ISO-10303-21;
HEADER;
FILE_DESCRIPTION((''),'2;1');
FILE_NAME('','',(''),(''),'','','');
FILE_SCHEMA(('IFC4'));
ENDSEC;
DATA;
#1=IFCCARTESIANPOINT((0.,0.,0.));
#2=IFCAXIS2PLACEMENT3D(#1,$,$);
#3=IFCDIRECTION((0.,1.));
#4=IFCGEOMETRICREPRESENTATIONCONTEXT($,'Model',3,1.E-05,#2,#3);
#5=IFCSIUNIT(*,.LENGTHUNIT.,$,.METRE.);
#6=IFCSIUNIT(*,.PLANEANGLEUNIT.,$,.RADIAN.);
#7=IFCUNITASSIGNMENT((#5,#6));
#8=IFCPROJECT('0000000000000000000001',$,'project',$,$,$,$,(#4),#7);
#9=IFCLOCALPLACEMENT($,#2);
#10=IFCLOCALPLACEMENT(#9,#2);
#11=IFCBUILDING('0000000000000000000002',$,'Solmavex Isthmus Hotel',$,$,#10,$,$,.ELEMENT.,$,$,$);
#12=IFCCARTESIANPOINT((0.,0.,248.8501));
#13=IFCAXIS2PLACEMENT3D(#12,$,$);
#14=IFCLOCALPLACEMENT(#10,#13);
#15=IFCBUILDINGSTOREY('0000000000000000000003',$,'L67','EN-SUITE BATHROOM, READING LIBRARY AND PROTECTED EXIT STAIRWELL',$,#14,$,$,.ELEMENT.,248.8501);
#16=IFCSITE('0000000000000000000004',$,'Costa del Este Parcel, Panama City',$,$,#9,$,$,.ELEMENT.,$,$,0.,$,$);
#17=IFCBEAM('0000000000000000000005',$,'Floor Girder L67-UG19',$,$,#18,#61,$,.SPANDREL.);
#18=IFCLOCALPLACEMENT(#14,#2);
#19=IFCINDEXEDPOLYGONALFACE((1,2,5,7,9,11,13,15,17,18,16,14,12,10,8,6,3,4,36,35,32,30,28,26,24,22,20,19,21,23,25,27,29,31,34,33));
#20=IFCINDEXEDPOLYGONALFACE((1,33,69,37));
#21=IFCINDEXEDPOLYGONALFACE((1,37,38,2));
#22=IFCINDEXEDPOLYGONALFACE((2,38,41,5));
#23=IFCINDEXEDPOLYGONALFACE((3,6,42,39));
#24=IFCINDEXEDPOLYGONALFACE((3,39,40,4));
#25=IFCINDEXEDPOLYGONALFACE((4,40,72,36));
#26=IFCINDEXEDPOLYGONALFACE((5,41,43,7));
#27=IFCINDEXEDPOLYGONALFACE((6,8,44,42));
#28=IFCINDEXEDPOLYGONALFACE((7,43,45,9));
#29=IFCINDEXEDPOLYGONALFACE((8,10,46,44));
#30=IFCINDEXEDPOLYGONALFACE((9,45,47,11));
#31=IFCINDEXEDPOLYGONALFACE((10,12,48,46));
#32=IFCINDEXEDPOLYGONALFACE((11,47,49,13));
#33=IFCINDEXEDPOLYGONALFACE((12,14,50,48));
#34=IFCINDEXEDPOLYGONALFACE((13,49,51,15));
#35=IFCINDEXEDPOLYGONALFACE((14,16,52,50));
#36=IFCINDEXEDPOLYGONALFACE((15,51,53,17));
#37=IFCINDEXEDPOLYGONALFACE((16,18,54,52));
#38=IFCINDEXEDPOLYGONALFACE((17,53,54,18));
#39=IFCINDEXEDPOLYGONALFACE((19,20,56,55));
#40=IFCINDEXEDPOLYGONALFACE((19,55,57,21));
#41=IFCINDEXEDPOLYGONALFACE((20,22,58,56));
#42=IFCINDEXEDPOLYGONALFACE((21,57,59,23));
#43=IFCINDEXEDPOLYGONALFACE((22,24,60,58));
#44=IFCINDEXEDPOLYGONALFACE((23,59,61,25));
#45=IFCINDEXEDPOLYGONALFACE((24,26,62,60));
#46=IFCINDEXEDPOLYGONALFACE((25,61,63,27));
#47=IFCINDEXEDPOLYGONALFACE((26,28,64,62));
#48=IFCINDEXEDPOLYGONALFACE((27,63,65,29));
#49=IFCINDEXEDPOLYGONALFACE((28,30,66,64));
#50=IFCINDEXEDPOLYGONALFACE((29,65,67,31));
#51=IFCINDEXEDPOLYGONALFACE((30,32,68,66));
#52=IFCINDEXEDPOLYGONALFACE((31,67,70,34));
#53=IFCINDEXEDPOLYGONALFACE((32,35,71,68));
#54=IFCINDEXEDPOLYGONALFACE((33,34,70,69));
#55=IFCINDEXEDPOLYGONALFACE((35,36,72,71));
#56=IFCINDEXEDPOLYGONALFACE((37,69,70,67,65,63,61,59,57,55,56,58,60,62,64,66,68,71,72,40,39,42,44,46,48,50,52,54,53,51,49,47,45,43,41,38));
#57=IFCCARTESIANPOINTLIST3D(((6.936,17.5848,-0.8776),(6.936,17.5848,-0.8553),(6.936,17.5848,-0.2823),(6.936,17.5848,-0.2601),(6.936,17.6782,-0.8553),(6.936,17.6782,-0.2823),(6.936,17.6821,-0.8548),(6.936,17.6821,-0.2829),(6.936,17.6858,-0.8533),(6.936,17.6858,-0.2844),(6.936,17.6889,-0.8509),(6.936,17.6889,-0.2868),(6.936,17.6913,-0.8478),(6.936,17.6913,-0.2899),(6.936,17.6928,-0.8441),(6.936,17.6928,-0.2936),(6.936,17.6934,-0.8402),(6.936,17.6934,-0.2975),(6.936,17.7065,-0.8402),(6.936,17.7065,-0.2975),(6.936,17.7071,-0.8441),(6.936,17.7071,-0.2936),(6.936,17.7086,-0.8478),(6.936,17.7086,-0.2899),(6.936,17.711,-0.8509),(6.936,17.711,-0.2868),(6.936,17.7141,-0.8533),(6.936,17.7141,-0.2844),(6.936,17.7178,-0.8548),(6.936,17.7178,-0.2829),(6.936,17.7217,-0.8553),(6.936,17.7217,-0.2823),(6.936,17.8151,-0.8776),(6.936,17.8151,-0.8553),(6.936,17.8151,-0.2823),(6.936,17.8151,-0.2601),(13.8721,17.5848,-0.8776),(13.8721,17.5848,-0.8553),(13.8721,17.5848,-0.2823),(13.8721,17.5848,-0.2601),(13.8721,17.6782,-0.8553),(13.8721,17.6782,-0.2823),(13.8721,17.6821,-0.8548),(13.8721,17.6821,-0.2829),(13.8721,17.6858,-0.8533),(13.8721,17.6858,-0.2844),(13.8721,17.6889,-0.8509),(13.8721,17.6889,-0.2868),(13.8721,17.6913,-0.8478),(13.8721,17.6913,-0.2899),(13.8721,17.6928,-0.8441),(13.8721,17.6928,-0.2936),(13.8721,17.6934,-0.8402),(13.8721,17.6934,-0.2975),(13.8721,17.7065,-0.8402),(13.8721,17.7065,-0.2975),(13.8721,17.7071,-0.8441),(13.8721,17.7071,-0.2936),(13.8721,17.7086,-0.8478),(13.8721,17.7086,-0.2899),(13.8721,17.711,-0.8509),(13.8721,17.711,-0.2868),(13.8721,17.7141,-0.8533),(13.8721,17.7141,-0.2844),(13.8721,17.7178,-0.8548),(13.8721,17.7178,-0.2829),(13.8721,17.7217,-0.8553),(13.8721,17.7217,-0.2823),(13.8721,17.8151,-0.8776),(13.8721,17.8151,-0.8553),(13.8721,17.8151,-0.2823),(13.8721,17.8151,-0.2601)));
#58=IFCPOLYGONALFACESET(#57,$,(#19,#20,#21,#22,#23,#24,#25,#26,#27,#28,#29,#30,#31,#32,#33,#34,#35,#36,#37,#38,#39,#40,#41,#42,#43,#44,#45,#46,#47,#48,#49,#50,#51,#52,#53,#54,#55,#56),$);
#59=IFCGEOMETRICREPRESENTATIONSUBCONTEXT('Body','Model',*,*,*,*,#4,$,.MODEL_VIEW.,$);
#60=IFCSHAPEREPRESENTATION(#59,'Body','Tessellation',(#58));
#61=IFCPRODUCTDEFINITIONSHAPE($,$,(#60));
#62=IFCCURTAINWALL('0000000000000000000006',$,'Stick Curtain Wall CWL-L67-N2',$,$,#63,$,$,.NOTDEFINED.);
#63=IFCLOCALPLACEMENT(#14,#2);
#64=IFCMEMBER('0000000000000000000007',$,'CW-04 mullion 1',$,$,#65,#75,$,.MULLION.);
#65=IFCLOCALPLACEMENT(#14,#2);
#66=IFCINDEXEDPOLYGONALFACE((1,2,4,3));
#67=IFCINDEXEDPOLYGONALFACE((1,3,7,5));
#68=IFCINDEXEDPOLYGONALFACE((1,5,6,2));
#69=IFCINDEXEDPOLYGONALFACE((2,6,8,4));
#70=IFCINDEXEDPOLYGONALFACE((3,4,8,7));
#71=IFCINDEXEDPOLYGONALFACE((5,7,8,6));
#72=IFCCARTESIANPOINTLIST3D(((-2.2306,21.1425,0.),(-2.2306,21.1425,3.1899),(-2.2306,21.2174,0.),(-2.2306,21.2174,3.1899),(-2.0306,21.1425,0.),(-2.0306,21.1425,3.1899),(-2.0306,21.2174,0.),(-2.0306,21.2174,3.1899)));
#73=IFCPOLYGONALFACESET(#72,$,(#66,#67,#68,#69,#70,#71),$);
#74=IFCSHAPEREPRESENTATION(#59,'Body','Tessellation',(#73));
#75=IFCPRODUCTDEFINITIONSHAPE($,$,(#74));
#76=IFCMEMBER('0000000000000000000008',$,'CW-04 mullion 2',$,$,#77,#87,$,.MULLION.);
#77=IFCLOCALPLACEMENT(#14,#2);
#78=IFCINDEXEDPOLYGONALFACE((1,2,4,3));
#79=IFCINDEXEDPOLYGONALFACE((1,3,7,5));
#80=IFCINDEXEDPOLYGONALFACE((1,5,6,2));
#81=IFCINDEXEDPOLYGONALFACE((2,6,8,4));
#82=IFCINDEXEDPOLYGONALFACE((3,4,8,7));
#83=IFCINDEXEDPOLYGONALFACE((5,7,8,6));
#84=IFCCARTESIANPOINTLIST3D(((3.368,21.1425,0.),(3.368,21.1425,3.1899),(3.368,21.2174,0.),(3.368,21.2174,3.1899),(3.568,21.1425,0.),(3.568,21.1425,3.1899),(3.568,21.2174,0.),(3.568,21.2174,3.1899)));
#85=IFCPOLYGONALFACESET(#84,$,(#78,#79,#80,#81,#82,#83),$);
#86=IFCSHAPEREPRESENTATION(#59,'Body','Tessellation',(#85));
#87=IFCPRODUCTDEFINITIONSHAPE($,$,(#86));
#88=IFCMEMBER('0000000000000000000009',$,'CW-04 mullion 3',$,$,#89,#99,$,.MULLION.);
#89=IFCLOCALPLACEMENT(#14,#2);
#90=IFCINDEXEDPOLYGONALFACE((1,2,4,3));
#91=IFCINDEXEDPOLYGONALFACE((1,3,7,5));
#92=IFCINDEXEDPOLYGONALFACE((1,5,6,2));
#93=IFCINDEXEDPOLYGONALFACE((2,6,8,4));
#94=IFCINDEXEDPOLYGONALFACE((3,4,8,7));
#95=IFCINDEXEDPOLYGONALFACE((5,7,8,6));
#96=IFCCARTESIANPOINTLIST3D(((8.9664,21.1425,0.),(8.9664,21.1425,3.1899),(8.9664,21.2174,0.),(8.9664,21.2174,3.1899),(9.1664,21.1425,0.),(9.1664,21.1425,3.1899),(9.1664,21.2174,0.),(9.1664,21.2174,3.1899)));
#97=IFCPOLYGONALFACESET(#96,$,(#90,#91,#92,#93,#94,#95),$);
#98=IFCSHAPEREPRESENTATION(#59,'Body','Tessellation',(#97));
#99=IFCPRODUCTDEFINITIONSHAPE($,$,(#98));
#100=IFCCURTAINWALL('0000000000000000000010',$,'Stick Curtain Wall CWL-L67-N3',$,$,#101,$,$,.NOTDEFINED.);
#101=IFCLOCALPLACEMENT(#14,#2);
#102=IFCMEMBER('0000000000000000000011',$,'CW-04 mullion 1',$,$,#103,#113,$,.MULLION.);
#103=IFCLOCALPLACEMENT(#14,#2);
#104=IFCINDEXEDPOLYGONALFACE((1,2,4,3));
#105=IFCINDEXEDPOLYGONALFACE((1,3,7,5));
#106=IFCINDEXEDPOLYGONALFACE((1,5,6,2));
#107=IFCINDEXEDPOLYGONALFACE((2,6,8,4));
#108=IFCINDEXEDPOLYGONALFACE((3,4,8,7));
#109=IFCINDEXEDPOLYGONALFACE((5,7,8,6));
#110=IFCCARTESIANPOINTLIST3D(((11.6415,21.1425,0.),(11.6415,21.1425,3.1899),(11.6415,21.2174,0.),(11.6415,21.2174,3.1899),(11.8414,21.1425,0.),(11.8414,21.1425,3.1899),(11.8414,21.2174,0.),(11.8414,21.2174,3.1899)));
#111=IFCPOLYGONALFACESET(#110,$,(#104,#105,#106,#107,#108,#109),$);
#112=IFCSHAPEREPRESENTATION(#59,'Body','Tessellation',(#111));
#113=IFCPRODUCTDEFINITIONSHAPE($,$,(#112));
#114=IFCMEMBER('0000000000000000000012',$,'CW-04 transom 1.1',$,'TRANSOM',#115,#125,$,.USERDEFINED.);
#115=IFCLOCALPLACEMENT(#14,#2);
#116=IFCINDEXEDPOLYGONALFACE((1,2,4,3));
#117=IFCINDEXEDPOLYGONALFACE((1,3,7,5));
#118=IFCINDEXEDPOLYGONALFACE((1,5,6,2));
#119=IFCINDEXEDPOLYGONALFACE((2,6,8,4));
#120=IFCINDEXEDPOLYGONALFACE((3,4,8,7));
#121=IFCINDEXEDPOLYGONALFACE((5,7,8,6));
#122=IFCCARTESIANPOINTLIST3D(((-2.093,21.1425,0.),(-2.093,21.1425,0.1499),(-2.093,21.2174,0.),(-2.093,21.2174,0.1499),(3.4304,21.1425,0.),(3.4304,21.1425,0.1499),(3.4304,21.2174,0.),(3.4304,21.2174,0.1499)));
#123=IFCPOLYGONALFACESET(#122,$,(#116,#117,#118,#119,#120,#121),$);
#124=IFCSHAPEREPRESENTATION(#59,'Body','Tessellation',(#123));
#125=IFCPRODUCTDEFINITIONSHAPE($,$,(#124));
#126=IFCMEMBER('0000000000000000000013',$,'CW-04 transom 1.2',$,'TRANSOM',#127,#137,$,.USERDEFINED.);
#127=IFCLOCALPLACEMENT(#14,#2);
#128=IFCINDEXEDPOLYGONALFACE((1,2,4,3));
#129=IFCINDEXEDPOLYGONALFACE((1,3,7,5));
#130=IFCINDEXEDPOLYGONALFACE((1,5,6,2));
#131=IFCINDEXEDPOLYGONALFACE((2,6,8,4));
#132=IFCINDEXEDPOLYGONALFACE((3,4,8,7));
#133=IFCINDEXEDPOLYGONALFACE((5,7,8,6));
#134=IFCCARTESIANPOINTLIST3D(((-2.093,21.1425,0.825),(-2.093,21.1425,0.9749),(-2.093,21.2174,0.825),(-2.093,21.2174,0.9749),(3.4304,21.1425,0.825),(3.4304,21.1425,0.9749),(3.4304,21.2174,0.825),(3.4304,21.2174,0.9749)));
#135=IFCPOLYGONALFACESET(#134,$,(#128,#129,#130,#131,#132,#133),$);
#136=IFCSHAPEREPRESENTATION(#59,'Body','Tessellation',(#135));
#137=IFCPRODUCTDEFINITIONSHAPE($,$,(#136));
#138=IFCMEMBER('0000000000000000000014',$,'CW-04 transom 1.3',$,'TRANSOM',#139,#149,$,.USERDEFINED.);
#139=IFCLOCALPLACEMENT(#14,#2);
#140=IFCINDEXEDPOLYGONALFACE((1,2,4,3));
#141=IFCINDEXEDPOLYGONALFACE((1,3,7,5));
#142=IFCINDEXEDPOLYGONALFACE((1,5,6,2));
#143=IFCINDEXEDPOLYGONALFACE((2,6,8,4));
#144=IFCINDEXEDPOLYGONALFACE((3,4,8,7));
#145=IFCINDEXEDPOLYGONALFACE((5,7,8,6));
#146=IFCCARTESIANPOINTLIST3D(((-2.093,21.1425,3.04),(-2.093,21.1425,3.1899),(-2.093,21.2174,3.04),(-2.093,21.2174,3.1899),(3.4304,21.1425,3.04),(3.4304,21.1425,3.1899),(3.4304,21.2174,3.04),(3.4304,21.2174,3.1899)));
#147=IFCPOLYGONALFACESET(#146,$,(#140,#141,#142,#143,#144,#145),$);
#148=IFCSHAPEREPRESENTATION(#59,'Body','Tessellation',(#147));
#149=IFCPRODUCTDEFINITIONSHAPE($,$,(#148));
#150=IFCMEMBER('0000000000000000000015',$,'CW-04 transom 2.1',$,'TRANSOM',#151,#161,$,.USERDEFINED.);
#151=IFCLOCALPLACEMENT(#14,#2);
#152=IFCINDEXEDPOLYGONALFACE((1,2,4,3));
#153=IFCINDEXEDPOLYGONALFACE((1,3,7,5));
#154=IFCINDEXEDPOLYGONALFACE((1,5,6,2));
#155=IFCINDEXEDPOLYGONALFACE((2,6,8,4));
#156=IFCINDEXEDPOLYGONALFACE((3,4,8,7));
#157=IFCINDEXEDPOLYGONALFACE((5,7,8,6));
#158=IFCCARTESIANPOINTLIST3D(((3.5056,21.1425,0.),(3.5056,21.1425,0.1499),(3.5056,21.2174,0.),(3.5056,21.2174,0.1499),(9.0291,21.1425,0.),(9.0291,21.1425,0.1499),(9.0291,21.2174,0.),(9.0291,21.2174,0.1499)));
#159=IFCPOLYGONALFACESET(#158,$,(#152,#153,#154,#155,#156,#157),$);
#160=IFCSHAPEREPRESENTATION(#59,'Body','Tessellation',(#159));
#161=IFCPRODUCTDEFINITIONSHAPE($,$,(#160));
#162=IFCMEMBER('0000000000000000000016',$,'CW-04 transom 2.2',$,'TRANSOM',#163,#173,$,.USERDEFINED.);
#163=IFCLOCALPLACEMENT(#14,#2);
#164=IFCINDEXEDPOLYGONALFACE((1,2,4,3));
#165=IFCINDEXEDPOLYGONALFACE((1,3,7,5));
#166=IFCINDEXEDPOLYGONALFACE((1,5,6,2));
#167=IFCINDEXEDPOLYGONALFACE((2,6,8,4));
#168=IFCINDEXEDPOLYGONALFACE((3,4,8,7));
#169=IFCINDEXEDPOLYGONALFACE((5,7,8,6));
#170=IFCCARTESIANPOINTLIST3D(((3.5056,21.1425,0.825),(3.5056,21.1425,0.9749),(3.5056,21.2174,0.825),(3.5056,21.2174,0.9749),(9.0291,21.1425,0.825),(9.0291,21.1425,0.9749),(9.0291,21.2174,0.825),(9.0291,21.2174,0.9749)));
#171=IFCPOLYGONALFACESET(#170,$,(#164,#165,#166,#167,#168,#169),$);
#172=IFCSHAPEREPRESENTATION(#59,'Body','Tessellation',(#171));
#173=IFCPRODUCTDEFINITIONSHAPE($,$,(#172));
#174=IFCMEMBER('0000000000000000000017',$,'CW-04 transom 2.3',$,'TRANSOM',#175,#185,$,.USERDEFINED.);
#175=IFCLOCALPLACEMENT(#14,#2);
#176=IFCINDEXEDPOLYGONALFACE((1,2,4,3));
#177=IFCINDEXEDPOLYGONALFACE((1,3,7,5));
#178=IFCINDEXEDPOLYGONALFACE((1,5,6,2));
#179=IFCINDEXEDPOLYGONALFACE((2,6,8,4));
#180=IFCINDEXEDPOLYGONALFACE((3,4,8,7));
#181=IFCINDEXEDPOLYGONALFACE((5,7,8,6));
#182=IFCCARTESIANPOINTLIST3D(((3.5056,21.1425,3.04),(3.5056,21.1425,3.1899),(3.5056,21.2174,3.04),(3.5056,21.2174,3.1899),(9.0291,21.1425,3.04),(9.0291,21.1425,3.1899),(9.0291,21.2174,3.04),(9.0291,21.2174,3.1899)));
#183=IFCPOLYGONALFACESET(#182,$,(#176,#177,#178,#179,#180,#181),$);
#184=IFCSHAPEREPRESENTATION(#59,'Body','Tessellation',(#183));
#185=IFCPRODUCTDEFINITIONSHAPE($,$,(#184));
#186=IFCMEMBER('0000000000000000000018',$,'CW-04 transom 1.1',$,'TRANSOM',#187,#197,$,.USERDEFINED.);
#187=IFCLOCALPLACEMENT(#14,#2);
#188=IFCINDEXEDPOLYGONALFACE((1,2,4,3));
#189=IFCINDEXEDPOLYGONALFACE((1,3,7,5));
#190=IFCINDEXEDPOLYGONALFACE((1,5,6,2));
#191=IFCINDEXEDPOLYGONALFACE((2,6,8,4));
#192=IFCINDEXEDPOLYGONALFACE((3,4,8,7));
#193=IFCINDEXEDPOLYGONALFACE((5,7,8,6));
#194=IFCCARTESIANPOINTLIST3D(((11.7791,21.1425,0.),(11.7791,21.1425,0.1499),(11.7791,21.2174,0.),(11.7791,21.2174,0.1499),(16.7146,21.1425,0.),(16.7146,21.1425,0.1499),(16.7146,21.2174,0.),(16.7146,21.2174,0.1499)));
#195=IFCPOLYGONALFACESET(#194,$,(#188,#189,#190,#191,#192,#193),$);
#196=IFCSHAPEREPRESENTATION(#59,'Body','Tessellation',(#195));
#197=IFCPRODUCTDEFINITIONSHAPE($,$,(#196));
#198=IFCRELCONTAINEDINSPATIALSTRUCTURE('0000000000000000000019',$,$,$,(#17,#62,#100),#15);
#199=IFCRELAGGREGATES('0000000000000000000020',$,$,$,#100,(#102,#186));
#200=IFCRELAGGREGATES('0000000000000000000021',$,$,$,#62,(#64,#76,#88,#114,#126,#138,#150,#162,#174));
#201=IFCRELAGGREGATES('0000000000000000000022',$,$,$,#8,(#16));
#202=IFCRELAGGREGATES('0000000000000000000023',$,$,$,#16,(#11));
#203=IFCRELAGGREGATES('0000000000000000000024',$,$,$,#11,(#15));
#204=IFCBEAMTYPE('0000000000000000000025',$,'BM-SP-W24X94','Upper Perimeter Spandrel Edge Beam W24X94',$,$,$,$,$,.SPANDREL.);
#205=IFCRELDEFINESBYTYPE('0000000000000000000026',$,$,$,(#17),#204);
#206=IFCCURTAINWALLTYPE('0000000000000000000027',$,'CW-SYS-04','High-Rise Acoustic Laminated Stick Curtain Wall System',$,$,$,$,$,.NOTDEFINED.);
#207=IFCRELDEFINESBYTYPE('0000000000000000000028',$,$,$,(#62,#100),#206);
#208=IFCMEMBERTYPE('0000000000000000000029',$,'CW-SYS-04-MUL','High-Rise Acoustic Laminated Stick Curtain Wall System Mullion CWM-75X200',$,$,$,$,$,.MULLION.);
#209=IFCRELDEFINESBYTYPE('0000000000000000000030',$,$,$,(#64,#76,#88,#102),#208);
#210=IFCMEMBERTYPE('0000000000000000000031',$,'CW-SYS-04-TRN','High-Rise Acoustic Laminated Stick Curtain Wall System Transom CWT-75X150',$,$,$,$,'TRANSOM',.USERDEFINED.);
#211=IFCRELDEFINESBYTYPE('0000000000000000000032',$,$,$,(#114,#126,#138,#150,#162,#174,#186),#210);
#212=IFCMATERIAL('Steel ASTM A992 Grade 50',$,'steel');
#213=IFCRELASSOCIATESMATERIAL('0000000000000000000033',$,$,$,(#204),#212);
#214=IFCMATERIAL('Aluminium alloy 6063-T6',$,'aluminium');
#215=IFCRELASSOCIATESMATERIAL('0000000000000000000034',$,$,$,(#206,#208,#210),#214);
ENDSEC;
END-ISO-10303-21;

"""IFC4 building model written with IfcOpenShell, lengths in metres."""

from ifc_helpers import new_model, si_unit, direction, frame, origin, origin_2d, place, context, subcontext, project, spatial, rectangle, i_section, extrude, material, material_profile, profile_set, type_object, element, aggregate, save


model = new_model("IFC4")

# Units and contexts
model_context = context("Model", 3, precision=1e-05, world=origin(), true_north=direction((0.0, 1.0)))
body_context = subcontext(model_context, "Body", "Model", "MODEL_VIEW")
ifc_project = project(units=[si_unit("LENGTHUNIT", "METRE"), si_unit("PLANEANGLEUNIT", "RADIAN")], contexts=[model_context])

# Site, building, storey
site_placement = place(None, origin())
site = spatial("IfcSite", under=ifc_project, at=site_placement, Name="Costa del Este Parcel, Panama City", CompositionType="ELEMENT", RefElevation=0.0)
building_placement = place(site_placement, origin())
building = spatial("IfcBuilding", under=site, at=building_placement, Name="Solmavex Isthmus Hotel", CompositionType="ELEMENT")
storey_placement = place(building_placement, frame((0.0, 0.0, 248.8501)))
storey = spatial("IfcBuildingStorey", under=building, at=storey_placement, Name="L67", Description="EN-SUITE BATHROOM, READING LIBRARY AND PROTECTED EXIT STAIRWELL", CompositionType="ELEMENT", Elevation=248.8501)

# Beam
ifc_material_1 = material(Name="Steel ASTM A992 Grade 50", Category="steel")
ifc_material_profile_1 = material_profile(ifc_material_1, i_section(OverallWidth=0.2302, OverallDepth=0.6174, WebThickness=0.0132, FlangeThickness=0.0222, FilletRadius=0.0151, at=origin_2d()), Name="W24X94")
ifc_profile_set_1 = profile_set([ifc_material_profile_1], Name="Steel ASTM A992 Grade 50")
beam_type = type_object("IfcBeamType", Name="BM-SP-W24X94", Description="Upper Perimeter Spandrel Edge Beam W24X94", PredefinedType="SPANDREL", material=ifc_profile_set_1)
beam_placement = place(storey_placement, frame((6.936, 17.7, -0.5688), z_axis=(1.0, 0.0, 0.0), x_axis=(0.0, 1.0, 0.0)))
element("IfcBeam", 1, at=beam_placement, inside=storey, type_object=beam_type, Name="Floor Girder L67-UG19", PredefinedType="SPANDREL", context=body_context, shape_type="SweptSolid", body=[
    extrude(i_section(OverallWidth=0.2302, OverallDepth=0.6174, WebThickness=0.0132, FlangeThickness=0.0222, FilletRadius=0.0151, at=origin_2d()), origin(), (0.0, 0.0, 1.0), 6.936),
])

# Curtain wall, members
ifc_material_2 = material(Name="Aluminium alloy 6063-T6", Category="aluminium")
curtain_wall_type = type_object("IfcCurtainWallType", Name="CW-SYS-04", Description="High-Rise Acoustic Laminated Stick Curtain Wall System", PredefinedType="NOTDEFINED", material=ifc_material_2)
curtain_wall_1_placement = place(storey_placement, origin())
curtain_wall_1 = element("IfcCurtainWall", 2, at=curtain_wall_1_placement, inside=storey, type_object=curtain_wall_type, Name="Stick Curtain Wall CWL-L67-N2", PredefinedType="NOTDEFINED")
ifc_material_profile_2 = material_profile(ifc_material_2, rectangle(XDim=0.075, YDim=0.2, at=origin_2d()), Name="CWM-75X200")
ifc_profile_set_2 = profile_set([ifc_material_profile_2], Name="Aluminium alloy 6063-T6")
member_type_1 = type_object("IfcMemberType", Name="CW-SYS-04-MUL", Description="High-Rise Acoustic Laminated Stick Curtain Wall System Mullion CWM-75X200", PredefinedType="MULLION", material=ifc_profile_set_2)
member_1_placement = place(storey_placement, frame((-2.1306, 21.1799, 0.0), z_axis=(0.0, 0.0, 1.0), x_axis=(0.0, 1.0, 0.0)))
member_1 = element("IfcMember", 3, at=member_1_placement, type_object=member_type_1, Name="CW-04 mullion 1", PredefinedType="MULLION", context=body_context, shape_type="SweptSolid", body=[
    extrude(rectangle(XDim=0.075, YDim=0.2, at=origin_2d()), origin(), (0.0, 0.0, 1.0), 3.1899),
])
member_2_placement = place(storey_placement, frame((3.468, 21.1799, 0.0), z_axis=(0.0, 0.0, 1.0), x_axis=(0.0, 1.0, 0.0)))
member_2 = element("IfcMember", 4, at=member_2_placement, type_object=member_type_1, Name="CW-04 mullion 2", PredefinedType="MULLION", context=body_context, shape_type="SweptSolid", body=[
    extrude(rectangle(XDim=0.075, YDim=0.2, at=origin_2d()), origin(), (0.0, 0.0, 1.0), 3.1899),
])
member_3_placement = place(storey_placement, frame((9.0664, 21.1799, 0.0), z_axis=(0.0, 0.0, 1.0), x_axis=(0.0, 1.0, 0.0)))
member_3 = element("IfcMember", 5, at=member_3_placement, type_object=member_type_1, Name="CW-04 mullion 3", PredefinedType="MULLION", context=body_context, shape_type="SweptSolid", body=[
    extrude(rectangle(XDim=0.075, YDim=0.2, at=origin_2d()), origin(), (0.0, 0.0, 1.0), 3.1899),
])

# Curtain wall, member
curtain_wall_2_placement = place(storey_placement, origin())
curtain_wall_2 = element("IfcCurtainWall", 6, at=curtain_wall_2_placement, inside=storey, type_object=curtain_wall_type, Name="Stick Curtain Wall CWL-L67-N3", PredefinedType="NOTDEFINED")
member_4_placement = place(storey_placement, frame((11.7415, 21.1799, 0.0), z_axis=(0.0, 0.0, 1.0), x_axis=(0.0, 1.0, 0.0)))
member_4 = element("IfcMember", 7, at=member_4_placement, type_object=member_type_1, Name="CW-04 mullion 1", PredefinedType="MULLION", context=body_context, shape_type="SweptSolid", body=[
    extrude(rectangle(XDim=0.075, YDim=0.2, at=origin_2d()), origin(), (0.0, 0.0, 1.0), 3.1899),
])

# Members
ifc_material_profile_3 = material_profile(ifc_material_2, rectangle(XDim=0.075, YDim=0.1499, at=origin_2d()), Name="CWT-75X150")
ifc_profile_set_3 = profile_set([ifc_material_profile_3], Name="Aluminium alloy 6063-T6")
member_type_2 = type_object("IfcMemberType", Name="CW-SYS-04-TRN", Description="High-Rise Acoustic Laminated Stick Curtain Wall System Transom CWT-75X150", ElementType="TRANSOM", PredefinedType="USERDEFINED", material=ifc_profile_set_3)
member_5_placement = place(storey_placement, frame((-2.093, 21.1799, 0.075), z_axis=(1.0, 0.0, 0.0), x_axis=(0.0, 1.0, 0.0)))
member_5 = element("IfcMember", 8, at=member_5_placement, type_object=member_type_2, Name="CW-04 transom 1.1", ObjectType="TRANSOM", PredefinedType="USERDEFINED", context=body_context, shape_type="SweptSolid", body=[
    extrude(rectangle(XDim=0.075, YDim=0.1499, at=origin_2d()), origin(), (0.0, 0.0, 1.0), 5.5234),
])
member_6_placement = place(storey_placement, frame((-2.093, 21.1799, 0.8999), z_axis=(1.0, 0.0, 0.0), x_axis=(0.0, 1.0, 0.0)))
member_6 = element("IfcMember", 9, at=member_6_placement, type_object=member_type_2, Name="CW-04 transom 1.2", ObjectType="TRANSOM", PredefinedType="USERDEFINED", context=body_context, shape_type="SweptSolid", body=[
    extrude(rectangle(XDim=0.075, YDim=0.1499, at=origin_2d()), origin(), (0.0, 0.0, 1.0), 5.5234),
])
member_7_placement = place(storey_placement, frame((-2.093, 21.1799, 3.115), z_axis=(1.0, 0.0, 0.0), x_axis=(0.0, 1.0, 0.0)))
member_7 = element("IfcMember", 10, at=member_7_placement, type_object=member_type_2, Name="CW-04 transom 1.3", ObjectType="TRANSOM", PredefinedType="USERDEFINED", context=body_context, shape_type="SweptSolid", body=[
    extrude(rectangle(XDim=0.075, YDim=0.1499, at=origin_2d()), origin(), (0.0, 0.0, 1.0), 5.5234),
])
member_8_placement = place(storey_placement, frame((3.5056, 21.1799, 0.075), z_axis=(1.0, 0.0, 0.0), x_axis=(0.0, 1.0, 0.0)))
member_8 = element("IfcMember", 11, at=member_8_placement, type_object=member_type_2, Name="CW-04 transom 2.1", ObjectType="TRANSOM", PredefinedType="USERDEFINED", context=body_context, shape_type="SweptSolid", body=[
    extrude(rectangle(XDim=0.075, YDim=0.1499, at=origin_2d()), origin(), (0.0, 0.0, 1.0), 5.5234),
])
member_9_placement = place(storey_placement, frame((3.5056, 21.1799, 0.8999), z_axis=(1.0, 0.0, 0.0), x_axis=(0.0, 1.0, 0.0)))
member_9 = element("IfcMember", 12, at=member_9_placement, type_object=member_type_2, Name="CW-04 transom 2.2", ObjectType="TRANSOM", PredefinedType="USERDEFINED", context=body_context, shape_type="SweptSolid", body=[
    extrude(rectangle(XDim=0.075, YDim=0.1499, at=origin_2d()), origin(), (0.0, 0.0, 1.0), 5.5234),
])
member_10_placement = place(storey_placement, frame((3.5056, 21.1799, 3.115), z_axis=(1.0, 0.0, 0.0), x_axis=(0.0, 1.0, 0.0)))
member_10 = element("IfcMember", 13, at=member_10_placement, type_object=member_type_2, Name="CW-04 transom 2.3", ObjectType="TRANSOM", PredefinedType="USERDEFINED", context=body_context, shape_type="SweptSolid", body=[
    extrude(rectangle(XDim=0.075, YDim=0.1499, at=origin_2d()), origin(), (0.0, 0.0, 1.0), 5.5234),
])
member_11_placement = place(storey_placement, frame((11.7791, 21.1799, 0.075), z_axis=(1.0, 0.0, 0.0), x_axis=(0.0, 1.0, 0.0)))
member_11 = element("IfcMember", 14, at=member_11_placement, type_object=member_type_2, Name="CW-04 transom 1.1", ObjectType="TRANSOM", PredefinedType="USERDEFINED", context=body_context, shape_type="SweptSolid", body=[
    extrude(rectangle(XDim=0.075, YDim=0.1499, at=origin_2d()), origin(), (0.0, 0.0, 1.0), 4.9355),
])
aggregate(curtain_wall_2, [member_4, member_11])

aggregate(curtain_wall_1, [member_1, member_2, member_3, member_5, member_6, member_7, member_8, member_9, member_10])

save(model, "model.ifc")
